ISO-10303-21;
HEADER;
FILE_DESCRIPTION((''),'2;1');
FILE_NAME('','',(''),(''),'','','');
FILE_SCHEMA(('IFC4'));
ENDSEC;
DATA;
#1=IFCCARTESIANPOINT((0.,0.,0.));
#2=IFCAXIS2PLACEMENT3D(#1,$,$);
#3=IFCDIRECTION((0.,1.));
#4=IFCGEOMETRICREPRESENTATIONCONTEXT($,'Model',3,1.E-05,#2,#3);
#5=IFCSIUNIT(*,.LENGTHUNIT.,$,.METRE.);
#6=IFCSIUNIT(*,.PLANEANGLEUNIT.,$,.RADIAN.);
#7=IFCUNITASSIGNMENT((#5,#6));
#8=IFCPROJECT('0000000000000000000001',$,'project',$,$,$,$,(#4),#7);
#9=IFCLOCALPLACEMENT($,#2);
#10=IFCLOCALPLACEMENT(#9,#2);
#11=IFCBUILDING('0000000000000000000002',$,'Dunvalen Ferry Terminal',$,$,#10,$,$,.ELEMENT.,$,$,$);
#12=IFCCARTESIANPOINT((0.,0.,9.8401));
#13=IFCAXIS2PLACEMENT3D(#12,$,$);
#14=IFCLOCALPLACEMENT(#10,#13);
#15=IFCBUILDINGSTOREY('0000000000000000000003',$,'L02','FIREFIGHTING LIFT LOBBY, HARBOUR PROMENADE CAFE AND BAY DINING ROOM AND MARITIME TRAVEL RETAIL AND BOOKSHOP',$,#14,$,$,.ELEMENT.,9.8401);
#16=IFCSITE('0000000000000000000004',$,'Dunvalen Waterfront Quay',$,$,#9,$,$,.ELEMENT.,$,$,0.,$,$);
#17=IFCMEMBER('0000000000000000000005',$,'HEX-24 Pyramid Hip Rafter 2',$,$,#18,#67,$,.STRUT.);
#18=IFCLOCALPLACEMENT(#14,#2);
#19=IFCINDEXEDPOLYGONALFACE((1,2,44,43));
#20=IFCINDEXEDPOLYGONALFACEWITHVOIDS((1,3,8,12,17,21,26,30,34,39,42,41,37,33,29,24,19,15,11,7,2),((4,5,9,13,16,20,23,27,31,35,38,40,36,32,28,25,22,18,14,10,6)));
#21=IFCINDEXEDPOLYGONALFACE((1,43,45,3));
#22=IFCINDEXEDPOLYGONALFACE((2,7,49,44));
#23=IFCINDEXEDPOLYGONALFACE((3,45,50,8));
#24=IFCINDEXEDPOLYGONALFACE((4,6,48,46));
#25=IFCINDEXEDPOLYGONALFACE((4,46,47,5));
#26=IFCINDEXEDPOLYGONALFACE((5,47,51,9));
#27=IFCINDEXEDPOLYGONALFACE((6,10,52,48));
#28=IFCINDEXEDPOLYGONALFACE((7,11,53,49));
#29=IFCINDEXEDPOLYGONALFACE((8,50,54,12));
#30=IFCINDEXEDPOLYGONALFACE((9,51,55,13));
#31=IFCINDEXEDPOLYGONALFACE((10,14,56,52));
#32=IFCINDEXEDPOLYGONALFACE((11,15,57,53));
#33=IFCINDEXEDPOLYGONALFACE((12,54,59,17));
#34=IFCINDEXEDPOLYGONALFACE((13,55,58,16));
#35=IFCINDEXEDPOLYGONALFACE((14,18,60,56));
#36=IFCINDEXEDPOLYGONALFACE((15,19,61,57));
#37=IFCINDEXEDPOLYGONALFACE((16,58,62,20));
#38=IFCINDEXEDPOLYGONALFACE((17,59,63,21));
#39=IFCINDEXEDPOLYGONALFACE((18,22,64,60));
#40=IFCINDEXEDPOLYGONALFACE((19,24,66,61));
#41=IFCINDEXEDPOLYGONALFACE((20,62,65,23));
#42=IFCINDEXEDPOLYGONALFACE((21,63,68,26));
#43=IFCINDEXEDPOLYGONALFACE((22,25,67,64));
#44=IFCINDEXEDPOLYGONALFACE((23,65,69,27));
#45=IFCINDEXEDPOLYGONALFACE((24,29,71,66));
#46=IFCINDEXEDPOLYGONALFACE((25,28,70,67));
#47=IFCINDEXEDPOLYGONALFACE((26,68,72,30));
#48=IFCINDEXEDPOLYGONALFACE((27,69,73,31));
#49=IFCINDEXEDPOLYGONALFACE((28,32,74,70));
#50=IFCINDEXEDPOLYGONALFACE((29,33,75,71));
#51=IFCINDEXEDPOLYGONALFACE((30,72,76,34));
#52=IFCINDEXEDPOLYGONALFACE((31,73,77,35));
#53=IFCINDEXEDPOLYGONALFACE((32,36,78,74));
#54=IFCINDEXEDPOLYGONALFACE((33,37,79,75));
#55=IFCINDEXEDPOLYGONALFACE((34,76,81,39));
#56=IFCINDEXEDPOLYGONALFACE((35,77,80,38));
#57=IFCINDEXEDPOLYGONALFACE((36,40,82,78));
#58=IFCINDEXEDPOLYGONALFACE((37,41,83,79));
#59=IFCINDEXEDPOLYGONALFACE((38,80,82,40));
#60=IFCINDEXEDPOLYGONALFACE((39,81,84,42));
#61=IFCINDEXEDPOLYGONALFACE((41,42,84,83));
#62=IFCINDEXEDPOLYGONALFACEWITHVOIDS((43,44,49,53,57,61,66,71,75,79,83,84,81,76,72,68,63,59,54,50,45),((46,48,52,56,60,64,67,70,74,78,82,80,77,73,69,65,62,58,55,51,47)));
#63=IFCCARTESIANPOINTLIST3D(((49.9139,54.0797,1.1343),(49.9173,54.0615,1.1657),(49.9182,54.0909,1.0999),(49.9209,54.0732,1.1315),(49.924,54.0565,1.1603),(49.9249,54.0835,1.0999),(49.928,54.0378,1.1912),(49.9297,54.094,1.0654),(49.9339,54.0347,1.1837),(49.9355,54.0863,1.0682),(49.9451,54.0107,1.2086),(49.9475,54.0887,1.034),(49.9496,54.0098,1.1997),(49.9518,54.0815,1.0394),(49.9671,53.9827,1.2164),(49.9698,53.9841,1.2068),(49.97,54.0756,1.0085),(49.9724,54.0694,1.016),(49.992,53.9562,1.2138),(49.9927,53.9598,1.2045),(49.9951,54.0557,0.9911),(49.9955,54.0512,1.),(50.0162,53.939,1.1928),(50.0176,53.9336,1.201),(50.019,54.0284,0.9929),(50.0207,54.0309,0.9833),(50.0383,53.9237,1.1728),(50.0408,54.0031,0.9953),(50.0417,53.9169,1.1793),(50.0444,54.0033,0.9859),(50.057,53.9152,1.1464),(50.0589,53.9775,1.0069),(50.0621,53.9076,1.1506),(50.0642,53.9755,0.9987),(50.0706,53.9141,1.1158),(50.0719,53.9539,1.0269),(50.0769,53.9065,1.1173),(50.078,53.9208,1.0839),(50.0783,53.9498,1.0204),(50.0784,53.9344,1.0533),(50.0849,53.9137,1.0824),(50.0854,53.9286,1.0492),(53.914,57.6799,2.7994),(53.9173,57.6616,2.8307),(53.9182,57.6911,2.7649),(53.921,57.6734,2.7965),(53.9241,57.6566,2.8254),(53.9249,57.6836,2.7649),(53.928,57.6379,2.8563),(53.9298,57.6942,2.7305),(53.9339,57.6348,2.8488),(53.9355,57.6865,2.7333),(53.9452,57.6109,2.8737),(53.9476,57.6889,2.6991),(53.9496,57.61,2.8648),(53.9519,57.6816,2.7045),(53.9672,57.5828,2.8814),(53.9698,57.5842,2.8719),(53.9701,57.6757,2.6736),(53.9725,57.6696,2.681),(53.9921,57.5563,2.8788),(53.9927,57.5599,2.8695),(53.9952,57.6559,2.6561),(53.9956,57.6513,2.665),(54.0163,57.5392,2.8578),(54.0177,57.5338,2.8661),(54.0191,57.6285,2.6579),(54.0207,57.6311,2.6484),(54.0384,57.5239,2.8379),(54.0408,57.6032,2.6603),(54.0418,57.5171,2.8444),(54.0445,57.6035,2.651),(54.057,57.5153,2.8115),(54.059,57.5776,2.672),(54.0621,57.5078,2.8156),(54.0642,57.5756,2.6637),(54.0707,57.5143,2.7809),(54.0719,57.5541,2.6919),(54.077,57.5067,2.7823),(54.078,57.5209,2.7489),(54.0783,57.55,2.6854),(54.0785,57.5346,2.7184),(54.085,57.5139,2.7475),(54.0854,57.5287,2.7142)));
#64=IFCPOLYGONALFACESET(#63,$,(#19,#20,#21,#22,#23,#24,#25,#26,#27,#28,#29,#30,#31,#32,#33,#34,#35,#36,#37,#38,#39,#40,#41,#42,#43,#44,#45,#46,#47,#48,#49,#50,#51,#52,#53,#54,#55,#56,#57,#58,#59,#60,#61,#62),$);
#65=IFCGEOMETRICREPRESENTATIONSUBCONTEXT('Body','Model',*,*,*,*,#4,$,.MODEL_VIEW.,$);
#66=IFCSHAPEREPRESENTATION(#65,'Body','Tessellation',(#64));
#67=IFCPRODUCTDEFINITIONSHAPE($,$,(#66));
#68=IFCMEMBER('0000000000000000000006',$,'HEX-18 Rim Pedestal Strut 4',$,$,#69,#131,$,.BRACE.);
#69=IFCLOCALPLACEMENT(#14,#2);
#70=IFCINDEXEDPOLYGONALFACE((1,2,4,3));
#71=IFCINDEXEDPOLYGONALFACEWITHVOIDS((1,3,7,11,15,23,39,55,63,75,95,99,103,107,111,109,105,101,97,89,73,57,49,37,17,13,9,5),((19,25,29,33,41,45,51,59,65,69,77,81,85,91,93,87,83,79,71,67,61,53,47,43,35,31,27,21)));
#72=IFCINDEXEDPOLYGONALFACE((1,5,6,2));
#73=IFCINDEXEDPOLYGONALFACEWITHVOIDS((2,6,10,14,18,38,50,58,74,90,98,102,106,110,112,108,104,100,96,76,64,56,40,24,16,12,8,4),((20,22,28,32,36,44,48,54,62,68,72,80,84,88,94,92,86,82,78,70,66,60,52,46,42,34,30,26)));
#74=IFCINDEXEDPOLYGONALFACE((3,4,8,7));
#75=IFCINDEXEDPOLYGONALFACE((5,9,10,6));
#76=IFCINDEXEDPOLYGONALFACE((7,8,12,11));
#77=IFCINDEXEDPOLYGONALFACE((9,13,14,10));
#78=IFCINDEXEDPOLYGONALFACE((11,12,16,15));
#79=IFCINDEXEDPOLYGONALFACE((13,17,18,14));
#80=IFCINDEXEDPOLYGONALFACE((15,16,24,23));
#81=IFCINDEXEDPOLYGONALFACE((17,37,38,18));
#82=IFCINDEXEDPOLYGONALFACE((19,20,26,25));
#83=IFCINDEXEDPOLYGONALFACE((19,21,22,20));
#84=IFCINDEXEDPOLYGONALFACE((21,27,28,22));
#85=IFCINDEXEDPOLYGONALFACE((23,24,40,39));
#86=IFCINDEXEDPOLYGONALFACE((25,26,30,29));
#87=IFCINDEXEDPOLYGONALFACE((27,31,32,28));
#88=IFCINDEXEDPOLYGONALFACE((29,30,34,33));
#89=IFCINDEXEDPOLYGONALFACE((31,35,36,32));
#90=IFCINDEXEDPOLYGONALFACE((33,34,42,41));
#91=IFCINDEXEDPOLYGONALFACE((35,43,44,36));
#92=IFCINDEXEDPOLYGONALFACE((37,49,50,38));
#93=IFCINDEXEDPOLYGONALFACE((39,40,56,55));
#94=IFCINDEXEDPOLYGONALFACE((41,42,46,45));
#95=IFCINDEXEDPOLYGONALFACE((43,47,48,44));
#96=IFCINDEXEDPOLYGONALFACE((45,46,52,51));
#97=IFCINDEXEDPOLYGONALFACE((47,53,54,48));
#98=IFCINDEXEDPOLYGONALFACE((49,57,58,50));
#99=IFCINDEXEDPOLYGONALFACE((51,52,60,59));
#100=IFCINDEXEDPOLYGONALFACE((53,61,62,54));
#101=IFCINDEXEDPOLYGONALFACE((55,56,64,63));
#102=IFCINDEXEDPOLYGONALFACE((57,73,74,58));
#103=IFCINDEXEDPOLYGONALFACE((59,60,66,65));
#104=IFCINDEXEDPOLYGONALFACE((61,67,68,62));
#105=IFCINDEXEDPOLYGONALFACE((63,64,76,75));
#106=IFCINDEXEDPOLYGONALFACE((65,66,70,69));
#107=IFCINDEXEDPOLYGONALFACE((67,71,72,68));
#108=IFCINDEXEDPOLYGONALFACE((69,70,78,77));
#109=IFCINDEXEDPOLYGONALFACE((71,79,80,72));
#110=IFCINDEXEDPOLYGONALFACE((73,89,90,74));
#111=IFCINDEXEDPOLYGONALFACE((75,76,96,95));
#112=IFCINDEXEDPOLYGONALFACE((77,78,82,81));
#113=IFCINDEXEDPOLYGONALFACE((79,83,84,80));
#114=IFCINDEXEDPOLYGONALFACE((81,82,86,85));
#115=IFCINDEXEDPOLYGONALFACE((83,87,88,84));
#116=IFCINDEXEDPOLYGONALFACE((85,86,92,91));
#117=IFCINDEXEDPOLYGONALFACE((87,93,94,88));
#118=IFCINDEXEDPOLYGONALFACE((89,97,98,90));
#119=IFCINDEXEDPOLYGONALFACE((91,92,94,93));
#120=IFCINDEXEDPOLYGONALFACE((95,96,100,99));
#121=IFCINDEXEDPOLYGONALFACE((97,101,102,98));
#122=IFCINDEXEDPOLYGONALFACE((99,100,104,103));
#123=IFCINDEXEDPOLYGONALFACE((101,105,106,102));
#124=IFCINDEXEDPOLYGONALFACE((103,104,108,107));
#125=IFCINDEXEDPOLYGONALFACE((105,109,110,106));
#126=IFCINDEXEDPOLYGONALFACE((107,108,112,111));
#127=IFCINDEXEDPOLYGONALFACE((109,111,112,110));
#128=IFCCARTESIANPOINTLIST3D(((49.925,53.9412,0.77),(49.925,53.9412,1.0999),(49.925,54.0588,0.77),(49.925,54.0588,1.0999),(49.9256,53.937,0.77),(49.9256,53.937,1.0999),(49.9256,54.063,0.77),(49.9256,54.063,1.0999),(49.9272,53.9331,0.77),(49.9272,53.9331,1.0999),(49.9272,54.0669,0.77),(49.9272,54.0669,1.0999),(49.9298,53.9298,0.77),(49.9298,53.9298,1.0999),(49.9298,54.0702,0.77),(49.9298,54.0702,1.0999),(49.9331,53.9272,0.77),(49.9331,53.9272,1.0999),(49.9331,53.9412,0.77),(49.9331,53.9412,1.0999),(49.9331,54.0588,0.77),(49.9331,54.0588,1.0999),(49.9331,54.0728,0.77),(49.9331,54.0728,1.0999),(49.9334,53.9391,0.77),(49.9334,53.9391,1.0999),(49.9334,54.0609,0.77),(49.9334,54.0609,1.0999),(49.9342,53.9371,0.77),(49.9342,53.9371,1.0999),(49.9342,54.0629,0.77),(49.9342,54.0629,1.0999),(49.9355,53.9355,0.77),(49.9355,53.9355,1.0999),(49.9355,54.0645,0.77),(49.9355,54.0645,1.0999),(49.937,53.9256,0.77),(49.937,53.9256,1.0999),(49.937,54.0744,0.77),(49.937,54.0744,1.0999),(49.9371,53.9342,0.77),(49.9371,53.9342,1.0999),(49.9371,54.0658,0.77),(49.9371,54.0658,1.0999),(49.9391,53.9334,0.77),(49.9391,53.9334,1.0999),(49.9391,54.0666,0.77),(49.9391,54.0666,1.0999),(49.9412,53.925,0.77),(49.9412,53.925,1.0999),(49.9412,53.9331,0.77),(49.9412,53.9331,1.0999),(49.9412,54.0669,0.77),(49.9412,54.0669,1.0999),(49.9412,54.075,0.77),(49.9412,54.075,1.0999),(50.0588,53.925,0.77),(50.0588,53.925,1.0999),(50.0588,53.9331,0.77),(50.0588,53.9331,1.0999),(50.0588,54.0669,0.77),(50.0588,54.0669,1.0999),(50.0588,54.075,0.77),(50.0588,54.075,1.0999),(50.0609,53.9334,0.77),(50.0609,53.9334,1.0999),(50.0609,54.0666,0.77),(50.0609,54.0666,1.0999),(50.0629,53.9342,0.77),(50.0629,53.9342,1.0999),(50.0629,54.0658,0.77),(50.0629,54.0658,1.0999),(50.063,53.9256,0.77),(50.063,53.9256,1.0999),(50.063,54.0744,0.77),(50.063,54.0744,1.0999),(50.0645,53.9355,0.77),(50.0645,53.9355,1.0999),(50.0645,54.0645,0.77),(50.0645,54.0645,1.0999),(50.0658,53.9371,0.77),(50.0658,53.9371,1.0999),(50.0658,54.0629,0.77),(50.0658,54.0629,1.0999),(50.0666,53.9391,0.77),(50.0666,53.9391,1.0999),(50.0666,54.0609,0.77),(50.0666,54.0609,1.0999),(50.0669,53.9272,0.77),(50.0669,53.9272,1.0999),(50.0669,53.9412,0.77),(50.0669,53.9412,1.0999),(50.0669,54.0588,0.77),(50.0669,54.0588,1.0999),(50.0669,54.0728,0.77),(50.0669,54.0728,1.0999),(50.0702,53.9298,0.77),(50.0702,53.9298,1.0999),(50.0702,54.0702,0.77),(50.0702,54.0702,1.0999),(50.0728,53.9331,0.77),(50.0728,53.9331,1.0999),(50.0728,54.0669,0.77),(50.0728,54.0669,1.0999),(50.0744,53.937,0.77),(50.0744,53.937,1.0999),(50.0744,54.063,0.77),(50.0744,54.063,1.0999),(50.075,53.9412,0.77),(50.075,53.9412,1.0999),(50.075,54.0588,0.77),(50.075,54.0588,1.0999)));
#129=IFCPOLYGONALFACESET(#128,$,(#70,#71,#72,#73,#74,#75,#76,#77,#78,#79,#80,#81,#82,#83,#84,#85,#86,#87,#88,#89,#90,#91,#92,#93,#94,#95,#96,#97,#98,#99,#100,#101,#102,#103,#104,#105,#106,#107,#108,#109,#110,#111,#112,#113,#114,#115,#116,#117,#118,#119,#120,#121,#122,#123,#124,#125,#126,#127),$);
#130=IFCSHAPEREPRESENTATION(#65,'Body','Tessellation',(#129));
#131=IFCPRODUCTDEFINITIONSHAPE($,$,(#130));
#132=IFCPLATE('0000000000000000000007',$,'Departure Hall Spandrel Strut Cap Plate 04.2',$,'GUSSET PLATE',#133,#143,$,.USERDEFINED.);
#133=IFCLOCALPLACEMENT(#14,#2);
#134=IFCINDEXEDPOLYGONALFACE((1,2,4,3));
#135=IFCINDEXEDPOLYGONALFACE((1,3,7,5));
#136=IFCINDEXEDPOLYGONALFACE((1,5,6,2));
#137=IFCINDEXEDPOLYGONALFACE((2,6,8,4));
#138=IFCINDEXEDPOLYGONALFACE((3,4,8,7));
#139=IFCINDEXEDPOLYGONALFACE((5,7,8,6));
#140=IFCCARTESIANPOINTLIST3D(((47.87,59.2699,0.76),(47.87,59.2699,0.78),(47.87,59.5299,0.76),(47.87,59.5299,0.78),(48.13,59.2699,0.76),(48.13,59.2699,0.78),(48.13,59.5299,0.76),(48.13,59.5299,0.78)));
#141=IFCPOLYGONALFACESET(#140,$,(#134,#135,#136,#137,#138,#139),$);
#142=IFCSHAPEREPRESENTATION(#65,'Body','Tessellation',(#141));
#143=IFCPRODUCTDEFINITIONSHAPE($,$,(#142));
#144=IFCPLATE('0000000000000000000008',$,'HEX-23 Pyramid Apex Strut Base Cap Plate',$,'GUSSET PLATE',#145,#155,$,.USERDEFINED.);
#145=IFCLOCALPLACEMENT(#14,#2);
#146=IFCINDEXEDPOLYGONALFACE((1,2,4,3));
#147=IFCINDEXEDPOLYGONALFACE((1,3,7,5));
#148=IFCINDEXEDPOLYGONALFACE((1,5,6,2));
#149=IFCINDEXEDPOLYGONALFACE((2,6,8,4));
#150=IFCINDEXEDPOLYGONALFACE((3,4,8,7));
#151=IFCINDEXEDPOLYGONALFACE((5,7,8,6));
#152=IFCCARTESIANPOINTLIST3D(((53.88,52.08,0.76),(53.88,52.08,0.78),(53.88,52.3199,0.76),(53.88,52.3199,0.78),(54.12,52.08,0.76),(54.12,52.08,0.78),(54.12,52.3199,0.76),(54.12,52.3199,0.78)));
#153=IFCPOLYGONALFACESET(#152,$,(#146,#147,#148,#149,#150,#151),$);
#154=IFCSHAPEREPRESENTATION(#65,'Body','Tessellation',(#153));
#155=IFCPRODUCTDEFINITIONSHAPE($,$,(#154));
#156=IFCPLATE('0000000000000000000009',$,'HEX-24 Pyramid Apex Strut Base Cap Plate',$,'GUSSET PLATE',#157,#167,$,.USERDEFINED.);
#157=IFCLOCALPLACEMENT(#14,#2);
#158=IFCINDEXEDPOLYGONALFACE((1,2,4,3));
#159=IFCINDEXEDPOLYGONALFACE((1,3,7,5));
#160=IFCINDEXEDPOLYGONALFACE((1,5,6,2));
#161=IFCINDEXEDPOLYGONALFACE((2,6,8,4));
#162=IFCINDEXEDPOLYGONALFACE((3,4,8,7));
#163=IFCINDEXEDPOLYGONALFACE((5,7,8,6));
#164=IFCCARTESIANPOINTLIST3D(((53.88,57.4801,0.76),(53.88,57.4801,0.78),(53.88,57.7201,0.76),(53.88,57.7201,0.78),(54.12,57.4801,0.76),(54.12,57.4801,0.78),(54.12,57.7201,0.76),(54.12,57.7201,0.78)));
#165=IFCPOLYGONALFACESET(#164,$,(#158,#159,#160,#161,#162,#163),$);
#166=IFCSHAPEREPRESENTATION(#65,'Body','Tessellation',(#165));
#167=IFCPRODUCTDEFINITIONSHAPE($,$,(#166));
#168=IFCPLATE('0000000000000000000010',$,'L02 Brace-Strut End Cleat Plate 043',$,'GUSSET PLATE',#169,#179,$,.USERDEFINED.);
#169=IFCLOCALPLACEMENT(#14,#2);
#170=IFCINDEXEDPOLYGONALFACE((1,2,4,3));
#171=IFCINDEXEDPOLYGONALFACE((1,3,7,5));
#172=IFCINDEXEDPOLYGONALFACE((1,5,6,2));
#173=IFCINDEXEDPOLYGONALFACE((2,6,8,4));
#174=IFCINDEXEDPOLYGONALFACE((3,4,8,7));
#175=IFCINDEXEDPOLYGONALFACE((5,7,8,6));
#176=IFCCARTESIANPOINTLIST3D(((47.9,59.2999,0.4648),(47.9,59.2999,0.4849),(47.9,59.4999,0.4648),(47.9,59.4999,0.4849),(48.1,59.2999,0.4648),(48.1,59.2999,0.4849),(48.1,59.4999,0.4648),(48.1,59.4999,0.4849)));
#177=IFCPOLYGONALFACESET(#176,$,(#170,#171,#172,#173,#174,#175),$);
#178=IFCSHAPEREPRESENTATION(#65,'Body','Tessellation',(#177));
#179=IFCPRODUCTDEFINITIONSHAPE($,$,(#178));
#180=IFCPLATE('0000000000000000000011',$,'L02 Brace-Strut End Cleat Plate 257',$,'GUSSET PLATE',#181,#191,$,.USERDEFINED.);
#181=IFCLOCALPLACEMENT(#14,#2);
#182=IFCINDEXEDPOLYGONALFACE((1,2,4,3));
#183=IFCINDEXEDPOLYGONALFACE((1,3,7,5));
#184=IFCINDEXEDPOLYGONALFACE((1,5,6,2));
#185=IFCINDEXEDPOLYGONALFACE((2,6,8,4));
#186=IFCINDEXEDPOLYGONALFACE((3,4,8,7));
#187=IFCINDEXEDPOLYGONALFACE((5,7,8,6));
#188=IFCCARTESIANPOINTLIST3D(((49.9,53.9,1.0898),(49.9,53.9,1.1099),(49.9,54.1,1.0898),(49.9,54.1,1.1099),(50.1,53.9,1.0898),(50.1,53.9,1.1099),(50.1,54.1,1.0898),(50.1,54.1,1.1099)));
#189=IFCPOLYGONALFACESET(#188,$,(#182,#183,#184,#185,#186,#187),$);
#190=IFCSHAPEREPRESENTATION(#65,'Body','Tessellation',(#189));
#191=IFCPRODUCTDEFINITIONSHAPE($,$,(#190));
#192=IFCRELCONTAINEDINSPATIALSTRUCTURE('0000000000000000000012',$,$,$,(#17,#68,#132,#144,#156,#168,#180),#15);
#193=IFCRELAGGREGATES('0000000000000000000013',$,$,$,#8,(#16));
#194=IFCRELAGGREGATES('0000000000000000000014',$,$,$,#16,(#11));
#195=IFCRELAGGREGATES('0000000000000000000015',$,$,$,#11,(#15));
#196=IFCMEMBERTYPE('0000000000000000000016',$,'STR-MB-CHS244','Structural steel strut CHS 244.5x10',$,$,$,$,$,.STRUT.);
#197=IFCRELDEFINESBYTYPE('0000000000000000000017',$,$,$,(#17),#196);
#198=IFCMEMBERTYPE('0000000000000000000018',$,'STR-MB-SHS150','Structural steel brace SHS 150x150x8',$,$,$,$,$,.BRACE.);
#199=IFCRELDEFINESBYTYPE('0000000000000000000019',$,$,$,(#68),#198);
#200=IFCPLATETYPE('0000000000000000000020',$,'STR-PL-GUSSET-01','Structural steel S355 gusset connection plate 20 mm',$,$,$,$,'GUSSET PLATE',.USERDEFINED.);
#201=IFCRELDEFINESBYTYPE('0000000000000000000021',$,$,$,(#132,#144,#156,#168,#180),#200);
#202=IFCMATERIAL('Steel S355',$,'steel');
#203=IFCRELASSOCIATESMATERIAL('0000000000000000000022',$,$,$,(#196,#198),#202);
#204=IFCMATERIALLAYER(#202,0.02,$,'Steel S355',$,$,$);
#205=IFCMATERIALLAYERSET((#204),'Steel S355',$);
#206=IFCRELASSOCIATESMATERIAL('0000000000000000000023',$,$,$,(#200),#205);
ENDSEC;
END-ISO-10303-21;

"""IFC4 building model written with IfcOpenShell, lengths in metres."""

from ifc_helpers import new_model, si_unit, direction, frame, origin, origin_2d, place, context, subcontext, project, spatial, rectangle, hollow_rectangle, hollow_circle, extrude, material, layer, layer_set, material_profile, profile_set, type_object, element, save


model = new_model("IFC4")

# Units and contexts
model_context = context("Model", 3, precision=1e-05, world=origin(), true_north=direction((0.0, 1.0)))
body_context = subcontext(model_context, "Body", "Model", "MODEL_VIEW")
ifc_project = project(units=[si_unit("LENGTHUNIT", "METRE"), si_unit("PLANEANGLEUNIT", "RADIAN")], contexts=[model_context])

# Site, building, storey
site_placement = place(None, origin())
site = spatial("IfcSite", under=ifc_project, at=site_placement, Name="Dunvalen Waterfront Quay", CompositionType="ELEMENT", RefElevation=0.0)
building_placement = place(site_placement, origin())
building = spatial("IfcBuilding", under=site, at=building_placement, Name="Dunvalen Ferry Terminal", CompositionType="ELEMENT")
storey_placement = place(building_placement, frame((0.0, 0.0, 9.8401)))
storey = spatial("IfcBuildingStorey", under=building, at=storey_placement, Name="L02", Description="FIREFIGHTING LIFT LOBBY, HARBOUR PROMENADE CAFE AND BAY DINING ROOM AND MARITIME TRAVEL RETAIL AND BOOKSHOP", CompositionType="ELEMENT", Elevation=9.8401)

# Shared definitions
ifc_material_1 = material(Name="Steel S355", Category="steel")

# Members
ifc_material_profile_1 = material_profile(ifc_material_1, hollow_circle(Radius=0.1223, WallThickness=0.01, at=origin_2d()), Name="Steel S355")
ifc_profile_set_1 = profile_set([ifc_material_profile_1], Name="Steel S355")
member_type_1 = type_object("IfcMemberType", Name="STR-MB-CHS244", Description="Structural steel strut CHS 244.5x10", PredefinedType="STRUT", material=ifc_profile_set_1)
member_1_placement = place(storey_placement, frame((50.0, 54.0, 1.0999), z_axis=(0.710075, 0.639085, 0.295576), x_axis=(-0.668975, 0.743285, 0.0)))
element("IfcMember", 1, at=member_1_placement, inside=storey, type_object=member_type_1, Name="HEX-24 Pyramid Hip Rafter 2", PredefinedType="STRUT", context=body_context, shape_type="SweptSolid", body=[
    extrude(hollow_circle(Radius=0.1223, WallThickness=0.01, at=origin_2d()), origin(), (0.0, 0.0, 1.0), 5.6333),
])
ifc_material_profile_2 = material_profile(ifc_material_1, hollow_rectangle(XDim=0.1499, YDim=0.1499, WallThickness=0.0081, InnerFilletRadius=0.0081, OuterFilletRadius=0.0161, at=origin_2d()), Name="Steel S355")
ifc_profile_set_2 = profile_set([ifc_material_profile_2], Name="Steel S355")
member_type_2 = type_object("IfcMemberType", Name="STR-MB-SHS150", Description="Structural steel brace SHS 150x150x8", PredefinedType="BRACE", material=ifc_profile_set_2)
member_2_placement = place(storey_placement, frame((50.0, 54.0, 0.77), z_axis=(0.0, 0.0, 1.0), x_axis=(1.0, 0.0, 0.0)))
element("IfcMember", 2, at=member_2_placement, inside=storey, type_object=member_type_2, Name="HEX-18 Rim Pedestal Strut 4", PredefinedType="BRACE", context=body_context, shape_type="SweptSolid", body=[
    extrude(hollow_rectangle(XDim=0.1499, YDim=0.1499, WallThickness=0.0081, InnerFilletRadius=0.0081, OuterFilletRadius=0.0161, at=origin_2d()), origin(), (0.0, 0.0, 1.0), 0.3298),
])

# Plates
ifc_layer_1 = layer(ifc_material_1, 0.02, Name="Steel S355")
ifc_layer_set_1 = layer_set([ifc_layer_1], Name="Steel S355")
plate_type_1 = type_object("IfcPlateType", Name="STR-PL-GUSSET-01", Description="Structural steel S355 gusset connection plate 20 mm", ElementType="GUSSET PLATE", PredefinedType="USERDEFINED", material=ifc_layer_set_1)
plate_placement = place(storey_placement, frame((48.0, 59.3999, 0.76), z_axis=(0.0, 0.0, 1.0), x_axis=(1.0, 0.0, 0.0)))
element("IfcPlate", 3, at=plate_placement, inside=storey, type_object=plate_type_1, Name="Departure Hall Spandrel Strut Cap Plate 04.2", ObjectType="GUSSET PLATE", PredefinedType="USERDEFINED", context=body_context, shape_type="SweptSolid", body=[
    extrude(rectangle(XDim=0.26, YDim=0.26, at=origin_2d()), origin(), (0.0, 0.0, 1.0), 0.02),
])
for number, where, z_axis, x_axis, name in (
    (4, (54.0, 52.2, 0.76), (0.0, 0.0, 1.0), (1.0, 0.0, 0.0), "HEX-23 Pyramid Apex Strut Base Cap Plate"),
    (5, (54.0, 57.6001, 0.76), (0.0, 0.0, 1.0), (1.0, 0.0, 0.0), "HEX-24 Pyramid Apex Strut Base Cap Plate"),
):
    element("IfcPlate", number, at=place(storey_placement, frame(where, z_axis=z_axis, x_axis=x_axis)), inside=storey, type_object=plate_type_1, Name=name, ObjectType="GUSSET PLATE", PredefinedType="USERDEFINED", context=body_context, shape_type="SweptSolid", body=[
        extrude(rectangle(XDim=0.24, YDim=0.24, at=origin_2d()), origin(), (0.0, 0.0, 1.0), 0.02),
    ])
for number, where, z_axis, x_axis, name in (
    (6, (48.0, 59.3999, 0.4648), (0.0, 0.0, 1.0), (1.0, 0.0, 0.0), "L02 Brace-Strut End Cleat Plate 043"),
    (7, (50.0, 54.0, 1.0898), (0.0, 0.0, 1.0), (1.0, 0.0, 0.0), "L02 Brace-Strut End Cleat Plate 257"),
):
    element("IfcPlate", number, at=place(storey_placement, frame(where, z_axis=z_axis, x_axis=x_axis)), inside=storey, type_object=plate_type_1, Name=name, ObjectType="GUSSET PLATE", PredefinedType="USERDEFINED", context=body_context, shape_type="SweptSolid", body=[
        extrude(rectangle(XDim=0.2, YDim=0.2, at=origin_2d()), origin(), (0.0, 0.0, 1.0), 0.02),
    ])

save(model, "model.ifc")
